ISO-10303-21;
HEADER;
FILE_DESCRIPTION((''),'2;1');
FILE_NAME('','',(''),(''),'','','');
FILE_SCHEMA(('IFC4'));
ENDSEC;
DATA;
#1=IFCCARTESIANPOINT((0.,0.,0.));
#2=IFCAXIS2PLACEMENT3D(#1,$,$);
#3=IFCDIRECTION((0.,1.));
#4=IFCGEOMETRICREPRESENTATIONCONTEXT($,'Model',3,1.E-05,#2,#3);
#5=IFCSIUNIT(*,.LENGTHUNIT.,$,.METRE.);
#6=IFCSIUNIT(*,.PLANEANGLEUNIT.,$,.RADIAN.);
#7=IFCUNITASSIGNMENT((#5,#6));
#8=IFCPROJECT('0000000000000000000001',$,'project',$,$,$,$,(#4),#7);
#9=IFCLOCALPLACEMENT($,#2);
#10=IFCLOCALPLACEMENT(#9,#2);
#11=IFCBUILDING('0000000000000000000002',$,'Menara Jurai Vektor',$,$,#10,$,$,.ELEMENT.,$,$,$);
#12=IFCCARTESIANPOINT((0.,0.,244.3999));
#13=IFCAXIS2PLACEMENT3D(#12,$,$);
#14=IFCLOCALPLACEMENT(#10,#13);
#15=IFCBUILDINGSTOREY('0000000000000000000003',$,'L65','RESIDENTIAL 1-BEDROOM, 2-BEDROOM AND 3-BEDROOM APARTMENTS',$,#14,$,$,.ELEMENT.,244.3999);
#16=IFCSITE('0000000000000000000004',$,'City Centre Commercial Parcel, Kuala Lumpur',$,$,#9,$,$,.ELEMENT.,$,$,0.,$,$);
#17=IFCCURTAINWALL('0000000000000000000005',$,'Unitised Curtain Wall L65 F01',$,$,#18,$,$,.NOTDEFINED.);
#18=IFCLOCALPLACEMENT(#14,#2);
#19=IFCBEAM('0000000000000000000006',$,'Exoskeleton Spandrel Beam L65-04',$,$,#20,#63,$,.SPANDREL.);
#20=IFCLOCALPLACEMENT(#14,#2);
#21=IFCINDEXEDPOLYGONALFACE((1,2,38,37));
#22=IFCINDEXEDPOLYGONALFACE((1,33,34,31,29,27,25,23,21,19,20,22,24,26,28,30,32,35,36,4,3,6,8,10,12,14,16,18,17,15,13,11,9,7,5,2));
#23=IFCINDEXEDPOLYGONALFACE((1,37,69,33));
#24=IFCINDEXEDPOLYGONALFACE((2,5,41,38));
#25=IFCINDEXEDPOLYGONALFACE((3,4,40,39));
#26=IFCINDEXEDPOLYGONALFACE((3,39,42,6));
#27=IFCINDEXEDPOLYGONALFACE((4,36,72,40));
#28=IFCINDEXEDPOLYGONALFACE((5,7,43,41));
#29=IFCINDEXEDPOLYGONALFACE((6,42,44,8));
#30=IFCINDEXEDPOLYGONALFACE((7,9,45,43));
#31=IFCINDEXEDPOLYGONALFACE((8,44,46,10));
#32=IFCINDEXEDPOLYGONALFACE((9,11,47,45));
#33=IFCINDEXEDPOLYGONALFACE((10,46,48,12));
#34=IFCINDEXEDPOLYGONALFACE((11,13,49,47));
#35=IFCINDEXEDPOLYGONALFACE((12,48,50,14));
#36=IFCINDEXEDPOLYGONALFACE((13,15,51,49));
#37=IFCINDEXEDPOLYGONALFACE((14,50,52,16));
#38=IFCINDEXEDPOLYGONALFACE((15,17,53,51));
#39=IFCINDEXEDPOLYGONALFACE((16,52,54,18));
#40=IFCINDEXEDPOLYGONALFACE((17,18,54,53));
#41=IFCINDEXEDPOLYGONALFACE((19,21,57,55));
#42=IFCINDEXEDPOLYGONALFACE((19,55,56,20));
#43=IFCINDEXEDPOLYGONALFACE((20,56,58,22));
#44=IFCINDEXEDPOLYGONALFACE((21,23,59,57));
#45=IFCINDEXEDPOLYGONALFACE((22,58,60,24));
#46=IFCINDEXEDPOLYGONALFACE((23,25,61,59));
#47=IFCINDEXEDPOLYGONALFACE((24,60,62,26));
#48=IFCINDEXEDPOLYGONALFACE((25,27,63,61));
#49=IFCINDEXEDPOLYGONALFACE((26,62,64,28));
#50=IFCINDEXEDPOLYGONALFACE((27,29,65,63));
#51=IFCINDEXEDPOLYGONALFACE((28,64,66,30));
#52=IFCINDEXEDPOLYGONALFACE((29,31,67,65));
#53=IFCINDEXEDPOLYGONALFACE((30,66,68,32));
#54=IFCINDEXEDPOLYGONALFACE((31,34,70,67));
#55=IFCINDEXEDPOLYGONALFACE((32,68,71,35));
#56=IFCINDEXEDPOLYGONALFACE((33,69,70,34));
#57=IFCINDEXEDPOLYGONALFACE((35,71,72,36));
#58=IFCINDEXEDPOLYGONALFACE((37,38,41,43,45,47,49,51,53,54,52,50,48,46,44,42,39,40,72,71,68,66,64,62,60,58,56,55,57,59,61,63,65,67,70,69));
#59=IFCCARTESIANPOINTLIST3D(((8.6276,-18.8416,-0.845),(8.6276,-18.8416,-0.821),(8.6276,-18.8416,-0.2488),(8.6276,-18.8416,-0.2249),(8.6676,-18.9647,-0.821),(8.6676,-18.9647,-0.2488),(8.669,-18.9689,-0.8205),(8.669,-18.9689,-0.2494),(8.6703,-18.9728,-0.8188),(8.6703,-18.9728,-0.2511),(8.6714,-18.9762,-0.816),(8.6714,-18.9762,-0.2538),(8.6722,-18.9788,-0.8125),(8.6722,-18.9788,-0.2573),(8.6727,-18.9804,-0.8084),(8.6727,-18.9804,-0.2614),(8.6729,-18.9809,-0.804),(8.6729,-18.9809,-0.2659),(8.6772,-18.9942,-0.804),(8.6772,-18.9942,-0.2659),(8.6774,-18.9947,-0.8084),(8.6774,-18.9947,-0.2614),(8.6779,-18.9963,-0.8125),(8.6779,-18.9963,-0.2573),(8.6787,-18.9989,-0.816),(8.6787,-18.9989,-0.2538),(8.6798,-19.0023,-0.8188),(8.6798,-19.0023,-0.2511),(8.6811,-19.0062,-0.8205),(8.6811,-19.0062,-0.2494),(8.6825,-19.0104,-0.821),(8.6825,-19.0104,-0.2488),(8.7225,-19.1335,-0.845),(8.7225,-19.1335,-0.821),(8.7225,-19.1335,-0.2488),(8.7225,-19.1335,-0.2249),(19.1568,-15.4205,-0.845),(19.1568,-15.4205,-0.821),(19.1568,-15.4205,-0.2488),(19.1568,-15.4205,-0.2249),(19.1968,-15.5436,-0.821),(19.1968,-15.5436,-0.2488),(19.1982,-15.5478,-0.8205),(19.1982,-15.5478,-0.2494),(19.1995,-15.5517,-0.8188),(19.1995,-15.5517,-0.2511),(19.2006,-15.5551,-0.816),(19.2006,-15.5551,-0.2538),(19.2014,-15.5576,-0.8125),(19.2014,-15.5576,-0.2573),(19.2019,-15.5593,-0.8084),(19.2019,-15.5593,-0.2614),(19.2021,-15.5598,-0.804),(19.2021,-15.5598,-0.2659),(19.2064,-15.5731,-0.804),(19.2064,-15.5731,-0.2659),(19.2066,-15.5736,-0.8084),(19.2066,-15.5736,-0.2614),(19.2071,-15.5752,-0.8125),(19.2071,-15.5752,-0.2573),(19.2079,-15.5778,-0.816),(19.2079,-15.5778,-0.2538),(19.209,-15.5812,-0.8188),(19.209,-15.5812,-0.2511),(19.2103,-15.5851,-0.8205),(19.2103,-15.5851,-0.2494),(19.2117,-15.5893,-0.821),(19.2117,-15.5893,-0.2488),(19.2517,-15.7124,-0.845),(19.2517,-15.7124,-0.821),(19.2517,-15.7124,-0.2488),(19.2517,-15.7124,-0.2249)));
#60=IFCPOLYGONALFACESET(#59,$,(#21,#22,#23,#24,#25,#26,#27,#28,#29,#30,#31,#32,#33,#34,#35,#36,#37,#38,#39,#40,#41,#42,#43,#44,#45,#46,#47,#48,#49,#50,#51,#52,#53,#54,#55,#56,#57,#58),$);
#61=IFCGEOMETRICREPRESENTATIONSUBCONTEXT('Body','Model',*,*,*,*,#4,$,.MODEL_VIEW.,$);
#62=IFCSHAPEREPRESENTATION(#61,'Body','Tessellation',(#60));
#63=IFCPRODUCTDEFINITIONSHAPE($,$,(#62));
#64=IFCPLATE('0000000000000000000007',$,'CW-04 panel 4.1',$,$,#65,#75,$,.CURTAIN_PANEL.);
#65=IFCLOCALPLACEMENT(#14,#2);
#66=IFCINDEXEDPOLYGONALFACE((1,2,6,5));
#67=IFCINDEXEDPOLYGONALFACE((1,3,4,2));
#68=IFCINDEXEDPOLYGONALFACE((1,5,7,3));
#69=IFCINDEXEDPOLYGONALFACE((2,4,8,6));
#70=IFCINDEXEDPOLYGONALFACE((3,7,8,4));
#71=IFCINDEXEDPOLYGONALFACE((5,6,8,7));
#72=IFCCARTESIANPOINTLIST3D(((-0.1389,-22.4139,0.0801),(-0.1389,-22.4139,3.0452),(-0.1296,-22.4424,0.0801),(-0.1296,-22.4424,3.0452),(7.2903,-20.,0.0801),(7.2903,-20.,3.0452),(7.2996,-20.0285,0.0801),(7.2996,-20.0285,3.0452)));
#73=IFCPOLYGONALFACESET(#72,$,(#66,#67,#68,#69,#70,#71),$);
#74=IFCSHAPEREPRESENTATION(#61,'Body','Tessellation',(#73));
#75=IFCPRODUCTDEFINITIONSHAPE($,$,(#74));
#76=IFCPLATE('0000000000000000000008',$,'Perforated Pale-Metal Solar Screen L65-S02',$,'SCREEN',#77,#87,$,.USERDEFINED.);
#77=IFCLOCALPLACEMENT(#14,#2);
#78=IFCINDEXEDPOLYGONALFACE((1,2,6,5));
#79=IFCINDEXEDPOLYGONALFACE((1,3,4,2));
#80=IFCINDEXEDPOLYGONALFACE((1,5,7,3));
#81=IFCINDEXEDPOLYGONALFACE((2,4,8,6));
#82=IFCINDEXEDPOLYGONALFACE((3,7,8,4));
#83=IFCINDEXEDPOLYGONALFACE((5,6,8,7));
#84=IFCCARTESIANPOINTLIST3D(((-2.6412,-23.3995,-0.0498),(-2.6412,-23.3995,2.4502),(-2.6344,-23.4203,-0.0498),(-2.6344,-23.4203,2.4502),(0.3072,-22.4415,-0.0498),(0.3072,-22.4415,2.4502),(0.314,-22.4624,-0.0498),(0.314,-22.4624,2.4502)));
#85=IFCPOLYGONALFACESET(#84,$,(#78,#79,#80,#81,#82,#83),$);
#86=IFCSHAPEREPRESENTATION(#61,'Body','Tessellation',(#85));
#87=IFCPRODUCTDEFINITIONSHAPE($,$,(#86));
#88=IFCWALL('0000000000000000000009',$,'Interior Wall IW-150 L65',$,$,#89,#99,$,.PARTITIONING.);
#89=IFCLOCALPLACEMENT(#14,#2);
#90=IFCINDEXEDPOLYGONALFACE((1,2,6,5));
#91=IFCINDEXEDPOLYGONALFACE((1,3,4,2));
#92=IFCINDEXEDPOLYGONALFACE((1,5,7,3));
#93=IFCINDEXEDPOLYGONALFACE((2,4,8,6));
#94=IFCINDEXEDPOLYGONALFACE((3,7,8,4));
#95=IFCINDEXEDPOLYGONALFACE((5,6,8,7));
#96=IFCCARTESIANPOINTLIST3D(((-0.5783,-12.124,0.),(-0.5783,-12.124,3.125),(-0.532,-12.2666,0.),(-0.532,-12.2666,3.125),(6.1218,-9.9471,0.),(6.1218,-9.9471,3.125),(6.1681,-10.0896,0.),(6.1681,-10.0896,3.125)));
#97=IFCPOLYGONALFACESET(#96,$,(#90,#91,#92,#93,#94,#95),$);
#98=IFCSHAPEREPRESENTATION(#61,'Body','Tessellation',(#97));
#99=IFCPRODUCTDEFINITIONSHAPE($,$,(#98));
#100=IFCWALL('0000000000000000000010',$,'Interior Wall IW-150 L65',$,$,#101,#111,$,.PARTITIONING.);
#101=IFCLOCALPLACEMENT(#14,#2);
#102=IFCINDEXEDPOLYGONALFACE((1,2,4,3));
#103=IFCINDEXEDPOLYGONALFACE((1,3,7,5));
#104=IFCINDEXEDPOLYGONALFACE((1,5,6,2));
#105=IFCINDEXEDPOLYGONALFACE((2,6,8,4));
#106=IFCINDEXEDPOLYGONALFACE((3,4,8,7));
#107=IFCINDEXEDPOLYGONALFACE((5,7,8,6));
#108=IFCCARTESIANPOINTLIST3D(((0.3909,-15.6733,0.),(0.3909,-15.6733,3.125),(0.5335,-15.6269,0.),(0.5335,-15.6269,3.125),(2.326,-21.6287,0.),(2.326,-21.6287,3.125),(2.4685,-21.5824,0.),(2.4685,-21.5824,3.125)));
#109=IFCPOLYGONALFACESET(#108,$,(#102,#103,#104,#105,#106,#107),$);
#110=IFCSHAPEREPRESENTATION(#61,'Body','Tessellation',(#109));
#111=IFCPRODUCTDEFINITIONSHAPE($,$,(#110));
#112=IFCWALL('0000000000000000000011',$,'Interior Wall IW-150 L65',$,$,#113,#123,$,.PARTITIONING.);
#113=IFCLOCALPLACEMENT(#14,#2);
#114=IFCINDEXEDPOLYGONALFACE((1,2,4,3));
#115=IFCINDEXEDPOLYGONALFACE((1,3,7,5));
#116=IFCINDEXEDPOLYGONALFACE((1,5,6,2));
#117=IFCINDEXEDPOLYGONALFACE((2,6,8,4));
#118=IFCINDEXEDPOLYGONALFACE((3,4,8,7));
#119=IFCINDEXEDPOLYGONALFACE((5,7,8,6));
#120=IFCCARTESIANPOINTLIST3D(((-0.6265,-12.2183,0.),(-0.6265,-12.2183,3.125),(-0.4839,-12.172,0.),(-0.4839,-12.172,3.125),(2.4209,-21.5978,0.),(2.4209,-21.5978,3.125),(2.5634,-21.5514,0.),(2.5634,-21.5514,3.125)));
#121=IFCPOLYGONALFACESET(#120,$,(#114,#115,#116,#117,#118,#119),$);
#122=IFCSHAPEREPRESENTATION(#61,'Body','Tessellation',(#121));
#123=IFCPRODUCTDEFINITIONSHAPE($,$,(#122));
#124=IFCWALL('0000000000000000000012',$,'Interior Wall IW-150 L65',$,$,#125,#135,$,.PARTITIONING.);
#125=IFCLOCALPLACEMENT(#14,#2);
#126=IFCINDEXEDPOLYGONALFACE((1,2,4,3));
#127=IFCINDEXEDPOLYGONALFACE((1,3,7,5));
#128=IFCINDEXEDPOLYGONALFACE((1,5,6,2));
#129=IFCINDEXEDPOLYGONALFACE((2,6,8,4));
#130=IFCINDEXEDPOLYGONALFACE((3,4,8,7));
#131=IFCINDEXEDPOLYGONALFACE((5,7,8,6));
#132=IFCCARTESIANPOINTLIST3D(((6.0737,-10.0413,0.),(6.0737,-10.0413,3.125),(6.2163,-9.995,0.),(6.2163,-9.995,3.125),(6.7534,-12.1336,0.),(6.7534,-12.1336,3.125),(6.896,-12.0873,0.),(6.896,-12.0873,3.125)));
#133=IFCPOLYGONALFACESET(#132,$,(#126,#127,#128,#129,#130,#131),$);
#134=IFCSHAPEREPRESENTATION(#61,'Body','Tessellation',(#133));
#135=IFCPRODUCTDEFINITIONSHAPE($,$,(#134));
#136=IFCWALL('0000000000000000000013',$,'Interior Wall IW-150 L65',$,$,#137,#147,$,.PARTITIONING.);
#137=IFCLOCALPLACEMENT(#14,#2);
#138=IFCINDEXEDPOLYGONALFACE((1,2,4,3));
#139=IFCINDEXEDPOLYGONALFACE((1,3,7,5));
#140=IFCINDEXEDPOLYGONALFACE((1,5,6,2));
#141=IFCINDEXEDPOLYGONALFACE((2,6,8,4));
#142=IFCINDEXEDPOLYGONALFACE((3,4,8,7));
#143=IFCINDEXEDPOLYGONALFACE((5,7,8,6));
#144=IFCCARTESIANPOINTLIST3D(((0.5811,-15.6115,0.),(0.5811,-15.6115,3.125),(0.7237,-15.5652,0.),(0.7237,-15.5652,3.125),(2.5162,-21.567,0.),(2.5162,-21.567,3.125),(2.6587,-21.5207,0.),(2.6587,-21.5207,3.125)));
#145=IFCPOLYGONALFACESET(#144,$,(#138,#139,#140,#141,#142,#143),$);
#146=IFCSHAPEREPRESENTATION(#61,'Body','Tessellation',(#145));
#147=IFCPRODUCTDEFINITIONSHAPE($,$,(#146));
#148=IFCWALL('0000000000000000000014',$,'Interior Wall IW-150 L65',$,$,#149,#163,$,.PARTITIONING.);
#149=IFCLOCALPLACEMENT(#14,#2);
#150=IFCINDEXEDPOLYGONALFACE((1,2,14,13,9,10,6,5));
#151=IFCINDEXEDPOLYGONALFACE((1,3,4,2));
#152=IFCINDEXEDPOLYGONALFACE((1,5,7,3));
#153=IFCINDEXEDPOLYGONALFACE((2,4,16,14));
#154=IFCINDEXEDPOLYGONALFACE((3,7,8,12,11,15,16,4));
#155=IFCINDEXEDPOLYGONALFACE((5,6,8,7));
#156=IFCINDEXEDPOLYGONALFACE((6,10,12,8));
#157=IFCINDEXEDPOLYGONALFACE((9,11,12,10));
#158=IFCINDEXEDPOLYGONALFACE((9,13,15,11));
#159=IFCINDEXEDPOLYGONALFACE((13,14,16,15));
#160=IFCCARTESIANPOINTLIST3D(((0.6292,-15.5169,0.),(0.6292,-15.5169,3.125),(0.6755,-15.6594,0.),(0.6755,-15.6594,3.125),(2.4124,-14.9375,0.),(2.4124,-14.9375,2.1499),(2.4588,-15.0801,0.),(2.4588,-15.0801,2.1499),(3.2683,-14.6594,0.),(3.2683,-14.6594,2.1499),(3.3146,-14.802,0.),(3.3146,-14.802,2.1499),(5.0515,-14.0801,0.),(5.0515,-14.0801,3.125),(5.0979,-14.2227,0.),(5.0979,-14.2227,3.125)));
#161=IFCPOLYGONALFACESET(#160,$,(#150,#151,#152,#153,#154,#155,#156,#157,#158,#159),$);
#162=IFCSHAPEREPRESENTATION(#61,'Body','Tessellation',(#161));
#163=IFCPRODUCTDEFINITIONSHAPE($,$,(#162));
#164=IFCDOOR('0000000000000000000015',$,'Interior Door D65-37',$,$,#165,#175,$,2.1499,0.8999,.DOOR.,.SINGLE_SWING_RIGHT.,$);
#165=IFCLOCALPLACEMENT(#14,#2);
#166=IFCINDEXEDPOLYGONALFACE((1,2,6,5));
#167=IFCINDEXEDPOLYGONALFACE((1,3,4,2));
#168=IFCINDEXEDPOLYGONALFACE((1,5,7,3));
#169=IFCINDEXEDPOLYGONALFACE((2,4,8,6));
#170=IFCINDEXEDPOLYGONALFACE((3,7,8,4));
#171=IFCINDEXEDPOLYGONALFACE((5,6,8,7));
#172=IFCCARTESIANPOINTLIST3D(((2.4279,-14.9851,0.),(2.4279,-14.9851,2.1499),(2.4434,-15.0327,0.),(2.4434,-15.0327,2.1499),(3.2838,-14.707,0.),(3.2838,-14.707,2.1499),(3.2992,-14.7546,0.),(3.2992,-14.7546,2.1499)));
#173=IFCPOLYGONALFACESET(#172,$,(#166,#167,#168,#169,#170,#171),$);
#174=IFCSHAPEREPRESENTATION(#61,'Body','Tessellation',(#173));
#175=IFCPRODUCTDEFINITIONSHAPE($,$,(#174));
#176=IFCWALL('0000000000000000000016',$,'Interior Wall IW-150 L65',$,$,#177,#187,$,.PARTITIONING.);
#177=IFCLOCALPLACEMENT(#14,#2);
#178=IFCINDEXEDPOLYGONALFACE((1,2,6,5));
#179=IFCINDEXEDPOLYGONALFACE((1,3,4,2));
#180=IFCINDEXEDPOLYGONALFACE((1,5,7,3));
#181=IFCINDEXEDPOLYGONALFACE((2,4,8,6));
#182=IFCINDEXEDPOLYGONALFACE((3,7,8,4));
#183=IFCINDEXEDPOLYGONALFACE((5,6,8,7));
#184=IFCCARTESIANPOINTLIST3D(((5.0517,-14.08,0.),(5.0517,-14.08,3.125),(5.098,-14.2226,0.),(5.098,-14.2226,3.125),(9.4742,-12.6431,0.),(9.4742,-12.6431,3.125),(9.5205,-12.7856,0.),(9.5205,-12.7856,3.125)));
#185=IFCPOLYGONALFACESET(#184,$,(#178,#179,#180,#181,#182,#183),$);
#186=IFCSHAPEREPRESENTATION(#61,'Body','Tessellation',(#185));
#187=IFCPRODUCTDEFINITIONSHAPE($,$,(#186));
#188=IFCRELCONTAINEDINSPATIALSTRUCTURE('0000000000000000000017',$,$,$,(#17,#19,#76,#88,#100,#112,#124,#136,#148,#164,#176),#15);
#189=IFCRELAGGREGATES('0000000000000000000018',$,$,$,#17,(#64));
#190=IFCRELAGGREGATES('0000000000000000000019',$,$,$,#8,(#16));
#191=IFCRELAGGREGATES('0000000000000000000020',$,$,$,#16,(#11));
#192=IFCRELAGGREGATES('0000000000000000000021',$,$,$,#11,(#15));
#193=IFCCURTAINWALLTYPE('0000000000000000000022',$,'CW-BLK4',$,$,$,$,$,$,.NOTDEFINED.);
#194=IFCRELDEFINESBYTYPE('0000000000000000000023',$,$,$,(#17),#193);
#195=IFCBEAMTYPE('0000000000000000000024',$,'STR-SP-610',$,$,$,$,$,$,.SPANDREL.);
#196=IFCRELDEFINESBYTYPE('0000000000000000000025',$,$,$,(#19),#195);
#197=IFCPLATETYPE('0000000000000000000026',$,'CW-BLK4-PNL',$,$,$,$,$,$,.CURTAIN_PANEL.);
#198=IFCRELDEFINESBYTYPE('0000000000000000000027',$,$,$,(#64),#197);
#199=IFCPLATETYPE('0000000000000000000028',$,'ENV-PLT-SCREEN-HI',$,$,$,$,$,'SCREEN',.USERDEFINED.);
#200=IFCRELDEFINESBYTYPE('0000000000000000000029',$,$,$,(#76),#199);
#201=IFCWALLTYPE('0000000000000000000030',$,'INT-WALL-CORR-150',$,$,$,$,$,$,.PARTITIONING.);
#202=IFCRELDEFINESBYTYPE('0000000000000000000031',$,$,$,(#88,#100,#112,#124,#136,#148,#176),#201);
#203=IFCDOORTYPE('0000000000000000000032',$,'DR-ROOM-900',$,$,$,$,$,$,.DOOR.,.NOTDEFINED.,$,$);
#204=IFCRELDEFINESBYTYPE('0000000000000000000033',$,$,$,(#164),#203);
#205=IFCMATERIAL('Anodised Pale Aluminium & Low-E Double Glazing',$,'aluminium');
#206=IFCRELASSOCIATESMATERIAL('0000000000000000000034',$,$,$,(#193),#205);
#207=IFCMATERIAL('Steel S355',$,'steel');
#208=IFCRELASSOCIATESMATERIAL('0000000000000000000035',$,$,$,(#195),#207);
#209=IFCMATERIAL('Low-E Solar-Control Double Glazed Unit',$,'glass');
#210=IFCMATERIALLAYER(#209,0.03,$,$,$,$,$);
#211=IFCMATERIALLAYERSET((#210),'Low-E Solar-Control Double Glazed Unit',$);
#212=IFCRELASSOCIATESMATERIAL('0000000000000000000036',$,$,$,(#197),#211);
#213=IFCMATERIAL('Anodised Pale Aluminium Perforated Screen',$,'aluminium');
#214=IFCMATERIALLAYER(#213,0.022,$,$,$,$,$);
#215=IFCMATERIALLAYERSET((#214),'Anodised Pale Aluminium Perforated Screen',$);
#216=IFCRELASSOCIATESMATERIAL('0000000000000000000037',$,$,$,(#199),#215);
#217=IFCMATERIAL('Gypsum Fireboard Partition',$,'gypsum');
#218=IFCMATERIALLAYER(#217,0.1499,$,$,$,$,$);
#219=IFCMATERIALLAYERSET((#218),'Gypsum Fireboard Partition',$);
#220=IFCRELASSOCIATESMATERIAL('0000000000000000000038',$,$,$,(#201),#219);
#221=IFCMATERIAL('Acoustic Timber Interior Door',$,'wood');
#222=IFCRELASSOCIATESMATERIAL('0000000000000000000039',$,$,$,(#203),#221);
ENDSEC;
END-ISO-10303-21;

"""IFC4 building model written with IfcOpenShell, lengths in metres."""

from ifc_helpers import new_model, si_unit, direction, frame, frame_2d, origin, origin_2d, place, context, subcontext, project, spatial, rectangle, i_section, extrude, material, layer, layer_set, material_profile, profile_set, type_object, element, fill, aggregate, save


model = new_model("IFC4")

# Units and contexts
model_context = context("Model", 3, precision=1e-05, world=origin(), true_north=direction((0.0, 1.0)))
body_context = subcontext(model_context, "Body", "Model", "MODEL_VIEW")
ifc_project = project(units=[si_unit("LENGTHUNIT", "METRE"), si_unit("PLANEANGLEUNIT", "RADIAN")], contexts=[model_context])

# Site, building, storey
site_placement = place(None, origin())
site = spatial("IfcSite", under=ifc_project, at=site_placement, Name="City Centre Commercial Parcel, Kuala Lumpur", CompositionType="ELEMENT", RefElevation=0.0)
building_placement = place(site_placement, origin())
building = spatial("IfcBuilding", under=site, at=building_placement, Name="Menara Jurai Vektor", CompositionType="ELEMENT")
storey_placement = place(building_placement, frame((0.0, 0.0, 244.3999)))
storey = spatial("IfcBuildingStorey", under=building, at=storey_placement, Name="L65", Description="RESIDENTIAL 1-BEDROOM, 2-BEDROOM AND 3-BEDROOM APARTMENTS", CompositionType="ELEMENT", Elevation=244.3999)

# Curtain wall
ifc_material_1 = material(Name="Anodised Pale Aluminium & Low-E Double Glazing", Category="aluminium")
curtain_wall_type = type_object("IfcCurtainWallType", Name="CW-BLK4", PredefinedType="NOTDEFINED", material=ifc_material_1)
curtain_wall_placement = place(storey_placement, origin())
curtain_wall = element("IfcCurtainWall", 1, at=curtain_wall_placement, inside=storey, type_object=curtain_wall_type, Name="Unitised Curtain Wall L65 F01", PredefinedType="NOTDEFINED")

# Beam
ifc_material_2 = material(Name="Steel S355", Category="steel")
ifc_material_profile_1 = material_profile(ifc_material_2, i_section(OverallWidth=0.3069, OverallDepth=0.6201, WebThickness=0.0139, FlangeThickness=0.0239, FilletRadius=0.0171, at=origin_2d()), Name="UKB 610x305x179")
ifc_profile_set_1 = profile_set([ifc_material_profile_1], Name="Steel S355")
beam_type_1 = type_object("IfcBeamType", Name="STR-SP-610", PredefinedType="SPANDREL", material=ifc_profile_set_1)
for number, where, z_axis, x_axis, name in (
    (2, (8.675, -18.9875, -0.5349), (0.951057, 0.309014, 0.0), (-0.309014, 0.951057, 0.0), "Exoskeleton Spandrel Beam L65-04"),
):
    element("IfcBeam", number, at=place(storey_placement, frame(where, z_axis=z_axis, x_axis=x_axis)), inside=storey, type_object=beam_type_1, Name=name, PredefinedType="SPANDREL", context=body_context, shape_type="SweptSolid", body=[
        extrude(i_section(OverallWidth=0.3069, OverallDepth=0.6201, WebThickness=0.0139, FlangeThickness=0.0239, FilletRadius=0.0171, at=origin_2d()), origin(), (0.0, 0.0, 1.0), 11.071),
    ])

# Plates
ifc_material_3 = material(Name="Low-E Solar-Control Double Glazed Unit", Category="glass")
ifc_layer_1 = layer(ifc_material_3, 0.03)
ifc_layer_set_1 = layer_set([ifc_layer_1], Name="Low-E Solar-Control Double Glazed Unit")
plate_type_1 = type_object("IfcPlateType", Name="CW-BLK4-PNL", PredefinedType="CURTAIN_PANEL", material=ifc_layer_set_1)
plate_1_placement = place(storey_placement, frame((3.5803, -21.2212, 0.0801), z_axis=(0.0, 0.0, 1.0), x_axis=(0.951056, 0.309017, 0.0)))
plate_1 = element("IfcPlate", 3, at=plate_1_placement, type_object=plate_type_1, Name="CW-04 panel 4.1", PredefinedType="CURTAIN_PANEL", context=body_context, shape_type="SweptSolid", body=[
    extrude(rectangle(XDim=7.8115, YDim=0.03, at=origin_2d()), origin(), (0.0, 0.0, 1.0), 2.9651),
])
aggregate(curtain_wall, [plate_1])
ifc_material_4 = material(Name="Anodised Pale Aluminium Perforated Screen", Category="aluminium")
ifc_layer_2 = layer(ifc_material_4, 0.022)
ifc_layer_set_2 = layer_set([ifc_layer_2], Name="Anodised Pale Aluminium Perforated Screen")
plate_type_2 = type_object("IfcPlateType", Name="ENV-PLT-SCREEN-HI", ElementType="SCREEN", PredefinedType="USERDEFINED", material=ifc_layer_set_2)
plate_2_placement = place(storey_placement, frame((-1.1636, -22.9309, -0.0498), z_axis=(0.0, 0.0, 1.0), x_axis=(0.951057, 0.309017, 0.0)))
element("IfcPlate", 4, at=plate_2_placement, inside=storey, type_object=plate_type_2, Name="Perforated Pale-Metal Solar Screen L65-S02", ObjectType="SCREEN", PredefinedType="USERDEFINED", context=body_context, shape_type="SweptSolid", body=[
    extrude(rectangle(XDim=3.1001, YDim=0.022, at=origin_2d()), origin(), (0.0, 0.0, 1.0), 2.5),
])

# Walls
ifc_material_5 = material(Name="Gypsum Fireboard Partition", Category="gypsum")
ifc_layer_3 = layer(ifc_material_5, 0.1499)
ifc_layer_set_3 = layer_set([ifc_layer_3], Name="Gypsum Fireboard Partition")
wall_type_1 = type_object("IfcWallType", Name="INT-WALL-CORR-150", PredefinedType="PARTITIONING", material=ifc_layer_set_3)
wall_1_placement = place(storey_placement, frame((-0.5552, -12.1953, 0.0), z_axis=(0.0, 0.0, 1.0), x_axis=(0.951057, 0.309014, 0.0)))
element("IfcWall", 5, at=wall_1_placement, inside=storey, type_object=wall_type_1, Name="Interior Wall IW-150 L65", PredefinedType="PARTITIONING", context=body_context, shape_type="SweptSolid", body=[
    extrude(rectangle(XDim=7.0449, YDim=0.1499, at=frame_2d((3.5225, 0.0))), origin(), (0.0, 0.0, 1.0), 3.125),
])
wall_2_placement = place(storey_placement, frame((2.3972, -21.6055, 0.0), z_axis=(0.0, 0.0, 1.0), x_axis=(-0.309014, 0.951058, 0.0)))
element("IfcWall", 6, at=wall_2_placement, inside=storey, type_object=wall_type_1, Name="Interior Wall IW-150 L65", PredefinedType="PARTITIONING", context=body_context, shape_type="SweptSolid", body=[
    extrude(rectangle(XDim=6.262, YDim=0.1499, at=frame_2d((3.1309, 0.0))), origin(), (0.0, 0.0, 1.0), 3.125),
])
wall_3_placement = place(storey_placement, frame((2.4922, -21.5747, 0.0), z_axis=(0.0, 0.0, 1.0), x_axis=(-0.309, 0.951062, 0.0)))
element("IfcWall", 7, at=wall_3_placement, inside=storey, type_object=wall_type_1, Name="Interior Wall IW-150 L65", PredefinedType="PARTITIONING", context=body_context, shape_type="SweptSolid", body=[
    extrude(rectangle(XDim=9.8621, YDim=0.1499, at=frame_2d((4.9312, 0.0))), origin(), (0.0, 0.0, 1.0), 3.125),
])
wall_4_placement = place(storey_placement, frame((6.8247, -12.1106, 0.0), z_axis=(0.0, 0.0, 1.0), x_axis=(-0.308961, 0.951075, 0.0)))
element("IfcWall", 8, at=wall_4_placement, inside=storey, type_object=wall_type_1, Name="Interior Wall IW-150 L65", PredefinedType="PARTITIONING", context=body_context, shape_type="SweptSolid", body=[
    extrude(rectangle(XDim=2.2, YDim=0.1499, at=frame_2d((1.1001, 0.0))), origin(), (0.0, 0.0, 1.0), 3.125),
])

# Wall
wall_5_placement = place(storey_placement, frame((2.5874, -21.5437, 0.0), z_axis=(0.0, 0.0, 1.0), x_axis=(-0.309014, 0.951058, 0.0)))
element("IfcWall", 9, at=wall_5_placement, inside=storey, type_object=wall_type_1, Name="Interior Wall IW-150 L65", PredefinedType="PARTITIONING", context=body_context, shape_type="SweptSolid", body=[
    extrude(rectangle(XDim=6.262, YDim=0.1499, at=frame_2d((3.1309, 0.0))), origin(), (0.0, 0.0, 1.0), 3.125),
])

# Wall, opening, door
wall_6_placement = place(storey_placement, frame((0.6523, -15.5881, 0.0), z_axis=(0.0, 0.0, 1.0), x_axis=(0.951066, 0.308989, 0.0)))
wall_6 = element("IfcWall", 10, at=wall_6_placement, inside=storey, type_object=wall_type_1, Name="Interior Wall IW-150 L65", PredefinedType="PARTITIONING", context=body_context, shape_type="SweptSolid", body=[
    extrude(rectangle(XDim=4.6499, YDim=0.1499, at=frame_2d((2.325, 0.0))), origin(), (0.0, 0.0, 1.0), 3.125),
])
opening_1_placement = place(wall_6_placement, frame((1.875, 0.0, 0.0)))
opening_1 = element("IfcOpeningElement", 11, at=opening_1_placement, cuts=wall_6, PredefinedType="OPENING", context=body_context, shape_type="SweptSolid", body=[
    extrude(rectangle(XDim=0.8999, YDim=2.1499, at=frame_2d((0.45, 1.075))), frame((0.0, 0.085, 0.0), z_axis=(0.0, -1.0, 0.0), x_axis=(1.0, 0.0, 0.0)), (0.0, 0.0, 1.0), 0.1699),
])
ifc_material_6 = material(Name="Acoustic Timber Interior Door", Category="wood")
door_type_1 = type_object("IfcDoorType", Name="DR-ROOM-900", OperationType="NOTDEFINED", PredefinedType="DOOR", material=ifc_material_6)
door_1_placement = place(opening_1_placement, origin())
door_1 = element("IfcDoor", 12, at=door_1_placement, inside=storey, type_object=door_type_1, Name="Interior Door D65-37", OperationType="SINGLE_SWING_RIGHT", OverallHeight=2.1499, OverallWidth=0.8999, PredefinedType="DOOR", context=body_context, shape_type="SweptSolid", body=[
    extrude(rectangle(XDim=0.8999, YDim=2.1499, at=frame_2d((0.45, 1.075))), frame((0.0, 0.0249, 0.0), z_axis=(0.0, -1.0, 0.0), x_axis=(1.0, 0.0, 0.0)), (0.0, 0.0, 1.0), 0.05),
])
fill(opening_1, door_1)

# Wall
wall_7_placement = place(storey_placement, frame((5.0747, -14.1514, 0.0), z_axis=(0.0, 0.0, 1.0), x_axis=(0.951055, 0.309021, 0.0)))
element("IfcWall", 13, at=wall_7_placement, inside=storey, type_object=wall_type_1, Name="Interior Wall IW-150 L65", PredefinedType="PARTITIONING", context=body_context, shape_type="SweptSolid", body=[
    extrude(rectangle(XDim=4.6501, YDim=0.1499, at=frame_2d((2.3252, 0.0))), origin(), (0.0, 0.0, 1.0), 3.125),
])

save(model, "model.ifc")
